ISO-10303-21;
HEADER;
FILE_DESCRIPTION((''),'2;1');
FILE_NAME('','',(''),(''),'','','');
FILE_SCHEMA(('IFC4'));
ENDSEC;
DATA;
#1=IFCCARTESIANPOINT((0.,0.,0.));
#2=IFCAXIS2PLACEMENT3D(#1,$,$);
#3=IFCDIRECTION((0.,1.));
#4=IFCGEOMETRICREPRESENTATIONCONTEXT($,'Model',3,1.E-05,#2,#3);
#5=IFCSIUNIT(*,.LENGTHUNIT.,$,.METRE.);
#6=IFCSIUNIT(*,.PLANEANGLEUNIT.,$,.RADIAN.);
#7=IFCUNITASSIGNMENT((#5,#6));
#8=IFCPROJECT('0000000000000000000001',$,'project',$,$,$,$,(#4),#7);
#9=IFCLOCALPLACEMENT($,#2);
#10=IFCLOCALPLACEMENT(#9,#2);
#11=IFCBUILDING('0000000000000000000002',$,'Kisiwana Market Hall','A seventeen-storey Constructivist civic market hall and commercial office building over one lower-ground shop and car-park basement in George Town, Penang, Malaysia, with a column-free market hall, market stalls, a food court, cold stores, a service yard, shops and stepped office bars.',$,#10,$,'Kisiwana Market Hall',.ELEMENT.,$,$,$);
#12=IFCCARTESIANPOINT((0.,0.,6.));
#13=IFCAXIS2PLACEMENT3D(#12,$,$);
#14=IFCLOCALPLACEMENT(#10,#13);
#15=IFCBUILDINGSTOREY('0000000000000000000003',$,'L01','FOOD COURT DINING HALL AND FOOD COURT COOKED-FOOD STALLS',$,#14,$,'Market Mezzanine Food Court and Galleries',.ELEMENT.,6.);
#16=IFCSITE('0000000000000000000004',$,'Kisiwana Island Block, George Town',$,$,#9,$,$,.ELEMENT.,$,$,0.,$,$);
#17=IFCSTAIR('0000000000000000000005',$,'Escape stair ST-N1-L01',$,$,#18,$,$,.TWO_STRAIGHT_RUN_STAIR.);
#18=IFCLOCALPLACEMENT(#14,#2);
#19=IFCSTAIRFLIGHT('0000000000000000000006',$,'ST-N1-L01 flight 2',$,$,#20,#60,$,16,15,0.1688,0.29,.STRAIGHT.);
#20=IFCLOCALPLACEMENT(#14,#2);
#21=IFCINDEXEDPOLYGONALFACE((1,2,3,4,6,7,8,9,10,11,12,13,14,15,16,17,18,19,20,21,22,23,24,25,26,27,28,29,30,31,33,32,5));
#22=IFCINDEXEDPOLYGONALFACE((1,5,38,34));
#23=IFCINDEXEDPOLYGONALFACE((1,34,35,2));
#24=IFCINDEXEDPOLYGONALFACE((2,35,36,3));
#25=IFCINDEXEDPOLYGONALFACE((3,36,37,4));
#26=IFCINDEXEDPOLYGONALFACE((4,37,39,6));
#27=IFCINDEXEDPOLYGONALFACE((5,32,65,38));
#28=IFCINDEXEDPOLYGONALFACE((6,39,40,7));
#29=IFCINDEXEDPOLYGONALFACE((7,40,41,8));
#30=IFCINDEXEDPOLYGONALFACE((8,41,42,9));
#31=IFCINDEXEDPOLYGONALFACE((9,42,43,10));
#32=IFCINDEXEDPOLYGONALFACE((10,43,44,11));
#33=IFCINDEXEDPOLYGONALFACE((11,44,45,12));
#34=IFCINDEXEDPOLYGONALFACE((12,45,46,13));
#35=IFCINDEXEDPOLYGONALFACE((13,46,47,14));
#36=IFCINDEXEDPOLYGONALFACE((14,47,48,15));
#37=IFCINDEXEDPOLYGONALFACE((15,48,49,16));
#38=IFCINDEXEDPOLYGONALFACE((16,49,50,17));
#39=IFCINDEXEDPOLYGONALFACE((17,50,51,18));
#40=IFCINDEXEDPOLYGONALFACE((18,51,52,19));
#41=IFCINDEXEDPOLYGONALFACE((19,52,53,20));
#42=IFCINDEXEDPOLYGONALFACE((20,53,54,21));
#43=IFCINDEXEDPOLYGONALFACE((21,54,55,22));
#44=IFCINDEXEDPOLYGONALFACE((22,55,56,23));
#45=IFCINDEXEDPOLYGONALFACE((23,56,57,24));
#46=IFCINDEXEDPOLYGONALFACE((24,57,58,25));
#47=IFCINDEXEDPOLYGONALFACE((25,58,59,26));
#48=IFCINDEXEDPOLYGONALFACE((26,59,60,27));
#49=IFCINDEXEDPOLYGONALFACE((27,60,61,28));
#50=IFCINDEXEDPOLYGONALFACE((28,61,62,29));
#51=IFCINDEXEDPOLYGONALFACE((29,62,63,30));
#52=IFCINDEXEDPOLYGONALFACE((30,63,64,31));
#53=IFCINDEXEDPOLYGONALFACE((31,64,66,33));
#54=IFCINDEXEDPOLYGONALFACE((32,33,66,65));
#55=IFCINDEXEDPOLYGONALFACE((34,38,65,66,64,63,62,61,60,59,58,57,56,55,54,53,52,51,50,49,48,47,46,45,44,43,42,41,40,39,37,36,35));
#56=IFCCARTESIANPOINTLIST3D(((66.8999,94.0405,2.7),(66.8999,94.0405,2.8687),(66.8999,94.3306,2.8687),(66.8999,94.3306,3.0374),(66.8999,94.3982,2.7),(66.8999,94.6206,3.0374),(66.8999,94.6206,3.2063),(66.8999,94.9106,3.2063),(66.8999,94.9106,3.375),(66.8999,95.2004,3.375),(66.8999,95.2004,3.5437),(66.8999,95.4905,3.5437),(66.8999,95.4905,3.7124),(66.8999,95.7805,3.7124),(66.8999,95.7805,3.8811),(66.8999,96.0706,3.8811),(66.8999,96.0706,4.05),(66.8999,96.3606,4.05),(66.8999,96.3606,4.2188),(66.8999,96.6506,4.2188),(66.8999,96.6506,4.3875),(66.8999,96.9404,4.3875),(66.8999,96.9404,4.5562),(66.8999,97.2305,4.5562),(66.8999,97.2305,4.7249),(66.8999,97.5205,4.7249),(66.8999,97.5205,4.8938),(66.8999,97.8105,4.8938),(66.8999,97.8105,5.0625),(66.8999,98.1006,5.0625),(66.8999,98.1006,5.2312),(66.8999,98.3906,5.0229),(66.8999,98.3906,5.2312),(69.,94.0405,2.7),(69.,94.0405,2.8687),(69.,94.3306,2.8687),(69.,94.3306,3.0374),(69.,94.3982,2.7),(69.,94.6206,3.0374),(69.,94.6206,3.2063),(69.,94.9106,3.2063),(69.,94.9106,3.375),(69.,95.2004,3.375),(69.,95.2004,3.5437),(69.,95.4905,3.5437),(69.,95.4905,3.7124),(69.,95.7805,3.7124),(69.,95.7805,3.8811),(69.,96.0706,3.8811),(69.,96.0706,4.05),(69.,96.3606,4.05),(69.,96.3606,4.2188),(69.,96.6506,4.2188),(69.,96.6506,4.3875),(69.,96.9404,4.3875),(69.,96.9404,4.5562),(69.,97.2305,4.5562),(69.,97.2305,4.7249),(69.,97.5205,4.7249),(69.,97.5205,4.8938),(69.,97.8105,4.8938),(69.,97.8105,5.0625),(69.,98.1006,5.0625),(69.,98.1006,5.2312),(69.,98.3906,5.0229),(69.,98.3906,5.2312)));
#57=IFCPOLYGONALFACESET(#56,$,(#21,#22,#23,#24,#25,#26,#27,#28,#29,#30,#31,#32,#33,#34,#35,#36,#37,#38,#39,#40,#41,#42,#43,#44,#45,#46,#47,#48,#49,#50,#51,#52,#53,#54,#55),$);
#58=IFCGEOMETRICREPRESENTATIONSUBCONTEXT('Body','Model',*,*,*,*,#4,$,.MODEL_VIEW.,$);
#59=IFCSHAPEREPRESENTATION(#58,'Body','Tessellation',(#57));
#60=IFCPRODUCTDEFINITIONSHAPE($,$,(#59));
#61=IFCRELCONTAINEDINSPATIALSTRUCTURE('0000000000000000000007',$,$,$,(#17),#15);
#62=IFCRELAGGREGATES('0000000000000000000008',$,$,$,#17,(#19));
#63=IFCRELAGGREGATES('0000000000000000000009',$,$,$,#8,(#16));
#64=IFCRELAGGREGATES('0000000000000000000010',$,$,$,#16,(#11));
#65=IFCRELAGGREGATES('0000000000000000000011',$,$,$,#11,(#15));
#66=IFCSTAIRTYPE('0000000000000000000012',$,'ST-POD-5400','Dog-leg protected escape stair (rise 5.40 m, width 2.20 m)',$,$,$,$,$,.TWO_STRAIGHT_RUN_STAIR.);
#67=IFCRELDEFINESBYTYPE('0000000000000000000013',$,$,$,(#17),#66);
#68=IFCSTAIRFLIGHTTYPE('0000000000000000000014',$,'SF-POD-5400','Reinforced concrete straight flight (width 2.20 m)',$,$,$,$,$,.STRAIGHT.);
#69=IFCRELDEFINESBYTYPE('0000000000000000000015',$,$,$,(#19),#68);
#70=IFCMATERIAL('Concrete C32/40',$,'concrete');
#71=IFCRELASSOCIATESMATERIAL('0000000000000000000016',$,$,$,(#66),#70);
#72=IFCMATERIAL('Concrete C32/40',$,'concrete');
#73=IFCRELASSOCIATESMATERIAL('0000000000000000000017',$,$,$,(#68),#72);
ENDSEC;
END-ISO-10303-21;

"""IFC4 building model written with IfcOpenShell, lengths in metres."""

from ifc_helpers import new_model, si_unit, direction, frame, origin, place, context, subcontext, project, spatial, polyline, outline, extrude, material, type_object, element, aggregate, save


model = new_model("IFC4")

# Units and contexts
model_context = context("Model", 3, precision=1e-05, world=origin(), true_north=direction((0.0, 1.0)))
body_context = subcontext(model_context, "Body", "Model", "MODEL_VIEW")
ifc_project = project(units=[si_unit("LENGTHUNIT", "METRE"), si_unit("PLANEANGLEUNIT", "RADIAN")], contexts=[model_context])

# Site, building, storey
site_placement = place(None, origin())
site = spatial("IfcSite", under=ifc_project, at=site_placement, Name="Kisiwana Island Block, George Town", CompositionType="ELEMENT", RefElevation=0.0)
building_placement = place(site_placement, origin())
building = spatial("IfcBuilding", under=site, at=building_placement, Name="Kisiwana Market Hall", Description="A seventeen-storey Constructivist civic market hall and commercial office building over one lower-ground shop and car-park basement in George Town, Penang, Malaysia, with a column-free market hall, market stalls, a food court, cold stores, a service yard, shops and stepped office bars.", LongName="Kisiwana Market Hall", CompositionType="ELEMENT")
storey_placement = place(building_placement, frame((0.0, 0.0, 6.0)))
storey = spatial("IfcBuildingStorey", under=building, at=storey_placement, Name="L01", Description="FOOD COURT DINING HALL AND FOOD COURT COOKED-FOOD STALLS", LongName="Market Mezzanine Food Court and Galleries", CompositionType="ELEMENT", Elevation=6.0)

# Stair, stair flight
ifc_material_1 = material(Name="Concrete C32/40", Category="concrete")
stair_type = type_object("IfcStairType", Name="ST-POD-5400", Description="Dog-leg protected escape stair (rise 5.40 m, width 2.20 m)", PredefinedType="TWO_STRAIGHT_RUN_STAIR", material=ifc_material_1)
stair_placement = place(storey_placement, origin())
stair = element("IfcStair", 1, at=stair_placement, inside=storey, type_object=stair_type, Name="Escape stair ST-N1-L01", PredefinedType="TWO_STRAIGHT_RUN_STAIR")
ifc_material_2 = material(Name="Concrete C32/40", Category="concrete")
stair_flight_type = type_object("IfcStairFlightType", Name="SF-POD-5400", Description="Reinforced concrete straight flight (width 2.20 m)", PredefinedType="STRAIGHT", material=ifc_material_2)
stair_flight_1_placement = place(storey_placement, frame((67.95, 94.0405, 2.7), z_axis=(0.0, 0.0, 1.0), x_axis=(0.0, 1.0, 0.0)))
stair_flight_1 = element("IfcStairFlight", 2, at=stair_flight_1_placement, type_object=stair_flight_type, Name="ST-N1-L01 flight 2", NumberOfRisers=16, NumberOfTreads=15, PredefinedType="STRAIGHT", RiserHeight=0.1688, TreadLength=0.29, context=body_context, shape_type="SweptSolid", body=[
    extrude(outline(polyline([(0.0, 0.0), (0.0, 0.1687), (0.29, 0.1687), (0.29, 0.3374), (0.5801, 0.3374), (0.5801, 0.5063), (0.8701, 0.5063), (0.8701, 0.675), (1.1599, 0.675), (1.1599, 0.8438), (1.45, 0.8438), (1.45, 1.0125), (1.74, 1.0125), (1.74, 1.1812), (2.03, 1.1812), (2.03, 1.3501), (2.3201, 1.3501), (2.3201, 1.5188), (2.6101, 1.5188), (2.6101, 1.6875), (2.8999, 1.6875), (2.8999, 1.8562), (3.1899, 1.8562), (3.1899, 2.0249), (3.48, 2.0249), (3.48, 2.1938), (3.77, 2.1938), (3.77, 2.3625), (4.0601, 2.3625), (4.0601, 2.5312), (4.3501, 2.5312), (4.3501, 2.7), (4.3501, 2.323), (0.3577, 0.0), (0.0, 0.0)])), frame((0.0, 1.05, 0.0), z_axis=(0.0, -1.0, 0.0), x_axis=(1.0, 0.0, 0.0)), (0.0, 0.0, 1.0), 2.1001),
])
aggregate(stair, [stair_flight_1])

save(model, "model.ifc")
